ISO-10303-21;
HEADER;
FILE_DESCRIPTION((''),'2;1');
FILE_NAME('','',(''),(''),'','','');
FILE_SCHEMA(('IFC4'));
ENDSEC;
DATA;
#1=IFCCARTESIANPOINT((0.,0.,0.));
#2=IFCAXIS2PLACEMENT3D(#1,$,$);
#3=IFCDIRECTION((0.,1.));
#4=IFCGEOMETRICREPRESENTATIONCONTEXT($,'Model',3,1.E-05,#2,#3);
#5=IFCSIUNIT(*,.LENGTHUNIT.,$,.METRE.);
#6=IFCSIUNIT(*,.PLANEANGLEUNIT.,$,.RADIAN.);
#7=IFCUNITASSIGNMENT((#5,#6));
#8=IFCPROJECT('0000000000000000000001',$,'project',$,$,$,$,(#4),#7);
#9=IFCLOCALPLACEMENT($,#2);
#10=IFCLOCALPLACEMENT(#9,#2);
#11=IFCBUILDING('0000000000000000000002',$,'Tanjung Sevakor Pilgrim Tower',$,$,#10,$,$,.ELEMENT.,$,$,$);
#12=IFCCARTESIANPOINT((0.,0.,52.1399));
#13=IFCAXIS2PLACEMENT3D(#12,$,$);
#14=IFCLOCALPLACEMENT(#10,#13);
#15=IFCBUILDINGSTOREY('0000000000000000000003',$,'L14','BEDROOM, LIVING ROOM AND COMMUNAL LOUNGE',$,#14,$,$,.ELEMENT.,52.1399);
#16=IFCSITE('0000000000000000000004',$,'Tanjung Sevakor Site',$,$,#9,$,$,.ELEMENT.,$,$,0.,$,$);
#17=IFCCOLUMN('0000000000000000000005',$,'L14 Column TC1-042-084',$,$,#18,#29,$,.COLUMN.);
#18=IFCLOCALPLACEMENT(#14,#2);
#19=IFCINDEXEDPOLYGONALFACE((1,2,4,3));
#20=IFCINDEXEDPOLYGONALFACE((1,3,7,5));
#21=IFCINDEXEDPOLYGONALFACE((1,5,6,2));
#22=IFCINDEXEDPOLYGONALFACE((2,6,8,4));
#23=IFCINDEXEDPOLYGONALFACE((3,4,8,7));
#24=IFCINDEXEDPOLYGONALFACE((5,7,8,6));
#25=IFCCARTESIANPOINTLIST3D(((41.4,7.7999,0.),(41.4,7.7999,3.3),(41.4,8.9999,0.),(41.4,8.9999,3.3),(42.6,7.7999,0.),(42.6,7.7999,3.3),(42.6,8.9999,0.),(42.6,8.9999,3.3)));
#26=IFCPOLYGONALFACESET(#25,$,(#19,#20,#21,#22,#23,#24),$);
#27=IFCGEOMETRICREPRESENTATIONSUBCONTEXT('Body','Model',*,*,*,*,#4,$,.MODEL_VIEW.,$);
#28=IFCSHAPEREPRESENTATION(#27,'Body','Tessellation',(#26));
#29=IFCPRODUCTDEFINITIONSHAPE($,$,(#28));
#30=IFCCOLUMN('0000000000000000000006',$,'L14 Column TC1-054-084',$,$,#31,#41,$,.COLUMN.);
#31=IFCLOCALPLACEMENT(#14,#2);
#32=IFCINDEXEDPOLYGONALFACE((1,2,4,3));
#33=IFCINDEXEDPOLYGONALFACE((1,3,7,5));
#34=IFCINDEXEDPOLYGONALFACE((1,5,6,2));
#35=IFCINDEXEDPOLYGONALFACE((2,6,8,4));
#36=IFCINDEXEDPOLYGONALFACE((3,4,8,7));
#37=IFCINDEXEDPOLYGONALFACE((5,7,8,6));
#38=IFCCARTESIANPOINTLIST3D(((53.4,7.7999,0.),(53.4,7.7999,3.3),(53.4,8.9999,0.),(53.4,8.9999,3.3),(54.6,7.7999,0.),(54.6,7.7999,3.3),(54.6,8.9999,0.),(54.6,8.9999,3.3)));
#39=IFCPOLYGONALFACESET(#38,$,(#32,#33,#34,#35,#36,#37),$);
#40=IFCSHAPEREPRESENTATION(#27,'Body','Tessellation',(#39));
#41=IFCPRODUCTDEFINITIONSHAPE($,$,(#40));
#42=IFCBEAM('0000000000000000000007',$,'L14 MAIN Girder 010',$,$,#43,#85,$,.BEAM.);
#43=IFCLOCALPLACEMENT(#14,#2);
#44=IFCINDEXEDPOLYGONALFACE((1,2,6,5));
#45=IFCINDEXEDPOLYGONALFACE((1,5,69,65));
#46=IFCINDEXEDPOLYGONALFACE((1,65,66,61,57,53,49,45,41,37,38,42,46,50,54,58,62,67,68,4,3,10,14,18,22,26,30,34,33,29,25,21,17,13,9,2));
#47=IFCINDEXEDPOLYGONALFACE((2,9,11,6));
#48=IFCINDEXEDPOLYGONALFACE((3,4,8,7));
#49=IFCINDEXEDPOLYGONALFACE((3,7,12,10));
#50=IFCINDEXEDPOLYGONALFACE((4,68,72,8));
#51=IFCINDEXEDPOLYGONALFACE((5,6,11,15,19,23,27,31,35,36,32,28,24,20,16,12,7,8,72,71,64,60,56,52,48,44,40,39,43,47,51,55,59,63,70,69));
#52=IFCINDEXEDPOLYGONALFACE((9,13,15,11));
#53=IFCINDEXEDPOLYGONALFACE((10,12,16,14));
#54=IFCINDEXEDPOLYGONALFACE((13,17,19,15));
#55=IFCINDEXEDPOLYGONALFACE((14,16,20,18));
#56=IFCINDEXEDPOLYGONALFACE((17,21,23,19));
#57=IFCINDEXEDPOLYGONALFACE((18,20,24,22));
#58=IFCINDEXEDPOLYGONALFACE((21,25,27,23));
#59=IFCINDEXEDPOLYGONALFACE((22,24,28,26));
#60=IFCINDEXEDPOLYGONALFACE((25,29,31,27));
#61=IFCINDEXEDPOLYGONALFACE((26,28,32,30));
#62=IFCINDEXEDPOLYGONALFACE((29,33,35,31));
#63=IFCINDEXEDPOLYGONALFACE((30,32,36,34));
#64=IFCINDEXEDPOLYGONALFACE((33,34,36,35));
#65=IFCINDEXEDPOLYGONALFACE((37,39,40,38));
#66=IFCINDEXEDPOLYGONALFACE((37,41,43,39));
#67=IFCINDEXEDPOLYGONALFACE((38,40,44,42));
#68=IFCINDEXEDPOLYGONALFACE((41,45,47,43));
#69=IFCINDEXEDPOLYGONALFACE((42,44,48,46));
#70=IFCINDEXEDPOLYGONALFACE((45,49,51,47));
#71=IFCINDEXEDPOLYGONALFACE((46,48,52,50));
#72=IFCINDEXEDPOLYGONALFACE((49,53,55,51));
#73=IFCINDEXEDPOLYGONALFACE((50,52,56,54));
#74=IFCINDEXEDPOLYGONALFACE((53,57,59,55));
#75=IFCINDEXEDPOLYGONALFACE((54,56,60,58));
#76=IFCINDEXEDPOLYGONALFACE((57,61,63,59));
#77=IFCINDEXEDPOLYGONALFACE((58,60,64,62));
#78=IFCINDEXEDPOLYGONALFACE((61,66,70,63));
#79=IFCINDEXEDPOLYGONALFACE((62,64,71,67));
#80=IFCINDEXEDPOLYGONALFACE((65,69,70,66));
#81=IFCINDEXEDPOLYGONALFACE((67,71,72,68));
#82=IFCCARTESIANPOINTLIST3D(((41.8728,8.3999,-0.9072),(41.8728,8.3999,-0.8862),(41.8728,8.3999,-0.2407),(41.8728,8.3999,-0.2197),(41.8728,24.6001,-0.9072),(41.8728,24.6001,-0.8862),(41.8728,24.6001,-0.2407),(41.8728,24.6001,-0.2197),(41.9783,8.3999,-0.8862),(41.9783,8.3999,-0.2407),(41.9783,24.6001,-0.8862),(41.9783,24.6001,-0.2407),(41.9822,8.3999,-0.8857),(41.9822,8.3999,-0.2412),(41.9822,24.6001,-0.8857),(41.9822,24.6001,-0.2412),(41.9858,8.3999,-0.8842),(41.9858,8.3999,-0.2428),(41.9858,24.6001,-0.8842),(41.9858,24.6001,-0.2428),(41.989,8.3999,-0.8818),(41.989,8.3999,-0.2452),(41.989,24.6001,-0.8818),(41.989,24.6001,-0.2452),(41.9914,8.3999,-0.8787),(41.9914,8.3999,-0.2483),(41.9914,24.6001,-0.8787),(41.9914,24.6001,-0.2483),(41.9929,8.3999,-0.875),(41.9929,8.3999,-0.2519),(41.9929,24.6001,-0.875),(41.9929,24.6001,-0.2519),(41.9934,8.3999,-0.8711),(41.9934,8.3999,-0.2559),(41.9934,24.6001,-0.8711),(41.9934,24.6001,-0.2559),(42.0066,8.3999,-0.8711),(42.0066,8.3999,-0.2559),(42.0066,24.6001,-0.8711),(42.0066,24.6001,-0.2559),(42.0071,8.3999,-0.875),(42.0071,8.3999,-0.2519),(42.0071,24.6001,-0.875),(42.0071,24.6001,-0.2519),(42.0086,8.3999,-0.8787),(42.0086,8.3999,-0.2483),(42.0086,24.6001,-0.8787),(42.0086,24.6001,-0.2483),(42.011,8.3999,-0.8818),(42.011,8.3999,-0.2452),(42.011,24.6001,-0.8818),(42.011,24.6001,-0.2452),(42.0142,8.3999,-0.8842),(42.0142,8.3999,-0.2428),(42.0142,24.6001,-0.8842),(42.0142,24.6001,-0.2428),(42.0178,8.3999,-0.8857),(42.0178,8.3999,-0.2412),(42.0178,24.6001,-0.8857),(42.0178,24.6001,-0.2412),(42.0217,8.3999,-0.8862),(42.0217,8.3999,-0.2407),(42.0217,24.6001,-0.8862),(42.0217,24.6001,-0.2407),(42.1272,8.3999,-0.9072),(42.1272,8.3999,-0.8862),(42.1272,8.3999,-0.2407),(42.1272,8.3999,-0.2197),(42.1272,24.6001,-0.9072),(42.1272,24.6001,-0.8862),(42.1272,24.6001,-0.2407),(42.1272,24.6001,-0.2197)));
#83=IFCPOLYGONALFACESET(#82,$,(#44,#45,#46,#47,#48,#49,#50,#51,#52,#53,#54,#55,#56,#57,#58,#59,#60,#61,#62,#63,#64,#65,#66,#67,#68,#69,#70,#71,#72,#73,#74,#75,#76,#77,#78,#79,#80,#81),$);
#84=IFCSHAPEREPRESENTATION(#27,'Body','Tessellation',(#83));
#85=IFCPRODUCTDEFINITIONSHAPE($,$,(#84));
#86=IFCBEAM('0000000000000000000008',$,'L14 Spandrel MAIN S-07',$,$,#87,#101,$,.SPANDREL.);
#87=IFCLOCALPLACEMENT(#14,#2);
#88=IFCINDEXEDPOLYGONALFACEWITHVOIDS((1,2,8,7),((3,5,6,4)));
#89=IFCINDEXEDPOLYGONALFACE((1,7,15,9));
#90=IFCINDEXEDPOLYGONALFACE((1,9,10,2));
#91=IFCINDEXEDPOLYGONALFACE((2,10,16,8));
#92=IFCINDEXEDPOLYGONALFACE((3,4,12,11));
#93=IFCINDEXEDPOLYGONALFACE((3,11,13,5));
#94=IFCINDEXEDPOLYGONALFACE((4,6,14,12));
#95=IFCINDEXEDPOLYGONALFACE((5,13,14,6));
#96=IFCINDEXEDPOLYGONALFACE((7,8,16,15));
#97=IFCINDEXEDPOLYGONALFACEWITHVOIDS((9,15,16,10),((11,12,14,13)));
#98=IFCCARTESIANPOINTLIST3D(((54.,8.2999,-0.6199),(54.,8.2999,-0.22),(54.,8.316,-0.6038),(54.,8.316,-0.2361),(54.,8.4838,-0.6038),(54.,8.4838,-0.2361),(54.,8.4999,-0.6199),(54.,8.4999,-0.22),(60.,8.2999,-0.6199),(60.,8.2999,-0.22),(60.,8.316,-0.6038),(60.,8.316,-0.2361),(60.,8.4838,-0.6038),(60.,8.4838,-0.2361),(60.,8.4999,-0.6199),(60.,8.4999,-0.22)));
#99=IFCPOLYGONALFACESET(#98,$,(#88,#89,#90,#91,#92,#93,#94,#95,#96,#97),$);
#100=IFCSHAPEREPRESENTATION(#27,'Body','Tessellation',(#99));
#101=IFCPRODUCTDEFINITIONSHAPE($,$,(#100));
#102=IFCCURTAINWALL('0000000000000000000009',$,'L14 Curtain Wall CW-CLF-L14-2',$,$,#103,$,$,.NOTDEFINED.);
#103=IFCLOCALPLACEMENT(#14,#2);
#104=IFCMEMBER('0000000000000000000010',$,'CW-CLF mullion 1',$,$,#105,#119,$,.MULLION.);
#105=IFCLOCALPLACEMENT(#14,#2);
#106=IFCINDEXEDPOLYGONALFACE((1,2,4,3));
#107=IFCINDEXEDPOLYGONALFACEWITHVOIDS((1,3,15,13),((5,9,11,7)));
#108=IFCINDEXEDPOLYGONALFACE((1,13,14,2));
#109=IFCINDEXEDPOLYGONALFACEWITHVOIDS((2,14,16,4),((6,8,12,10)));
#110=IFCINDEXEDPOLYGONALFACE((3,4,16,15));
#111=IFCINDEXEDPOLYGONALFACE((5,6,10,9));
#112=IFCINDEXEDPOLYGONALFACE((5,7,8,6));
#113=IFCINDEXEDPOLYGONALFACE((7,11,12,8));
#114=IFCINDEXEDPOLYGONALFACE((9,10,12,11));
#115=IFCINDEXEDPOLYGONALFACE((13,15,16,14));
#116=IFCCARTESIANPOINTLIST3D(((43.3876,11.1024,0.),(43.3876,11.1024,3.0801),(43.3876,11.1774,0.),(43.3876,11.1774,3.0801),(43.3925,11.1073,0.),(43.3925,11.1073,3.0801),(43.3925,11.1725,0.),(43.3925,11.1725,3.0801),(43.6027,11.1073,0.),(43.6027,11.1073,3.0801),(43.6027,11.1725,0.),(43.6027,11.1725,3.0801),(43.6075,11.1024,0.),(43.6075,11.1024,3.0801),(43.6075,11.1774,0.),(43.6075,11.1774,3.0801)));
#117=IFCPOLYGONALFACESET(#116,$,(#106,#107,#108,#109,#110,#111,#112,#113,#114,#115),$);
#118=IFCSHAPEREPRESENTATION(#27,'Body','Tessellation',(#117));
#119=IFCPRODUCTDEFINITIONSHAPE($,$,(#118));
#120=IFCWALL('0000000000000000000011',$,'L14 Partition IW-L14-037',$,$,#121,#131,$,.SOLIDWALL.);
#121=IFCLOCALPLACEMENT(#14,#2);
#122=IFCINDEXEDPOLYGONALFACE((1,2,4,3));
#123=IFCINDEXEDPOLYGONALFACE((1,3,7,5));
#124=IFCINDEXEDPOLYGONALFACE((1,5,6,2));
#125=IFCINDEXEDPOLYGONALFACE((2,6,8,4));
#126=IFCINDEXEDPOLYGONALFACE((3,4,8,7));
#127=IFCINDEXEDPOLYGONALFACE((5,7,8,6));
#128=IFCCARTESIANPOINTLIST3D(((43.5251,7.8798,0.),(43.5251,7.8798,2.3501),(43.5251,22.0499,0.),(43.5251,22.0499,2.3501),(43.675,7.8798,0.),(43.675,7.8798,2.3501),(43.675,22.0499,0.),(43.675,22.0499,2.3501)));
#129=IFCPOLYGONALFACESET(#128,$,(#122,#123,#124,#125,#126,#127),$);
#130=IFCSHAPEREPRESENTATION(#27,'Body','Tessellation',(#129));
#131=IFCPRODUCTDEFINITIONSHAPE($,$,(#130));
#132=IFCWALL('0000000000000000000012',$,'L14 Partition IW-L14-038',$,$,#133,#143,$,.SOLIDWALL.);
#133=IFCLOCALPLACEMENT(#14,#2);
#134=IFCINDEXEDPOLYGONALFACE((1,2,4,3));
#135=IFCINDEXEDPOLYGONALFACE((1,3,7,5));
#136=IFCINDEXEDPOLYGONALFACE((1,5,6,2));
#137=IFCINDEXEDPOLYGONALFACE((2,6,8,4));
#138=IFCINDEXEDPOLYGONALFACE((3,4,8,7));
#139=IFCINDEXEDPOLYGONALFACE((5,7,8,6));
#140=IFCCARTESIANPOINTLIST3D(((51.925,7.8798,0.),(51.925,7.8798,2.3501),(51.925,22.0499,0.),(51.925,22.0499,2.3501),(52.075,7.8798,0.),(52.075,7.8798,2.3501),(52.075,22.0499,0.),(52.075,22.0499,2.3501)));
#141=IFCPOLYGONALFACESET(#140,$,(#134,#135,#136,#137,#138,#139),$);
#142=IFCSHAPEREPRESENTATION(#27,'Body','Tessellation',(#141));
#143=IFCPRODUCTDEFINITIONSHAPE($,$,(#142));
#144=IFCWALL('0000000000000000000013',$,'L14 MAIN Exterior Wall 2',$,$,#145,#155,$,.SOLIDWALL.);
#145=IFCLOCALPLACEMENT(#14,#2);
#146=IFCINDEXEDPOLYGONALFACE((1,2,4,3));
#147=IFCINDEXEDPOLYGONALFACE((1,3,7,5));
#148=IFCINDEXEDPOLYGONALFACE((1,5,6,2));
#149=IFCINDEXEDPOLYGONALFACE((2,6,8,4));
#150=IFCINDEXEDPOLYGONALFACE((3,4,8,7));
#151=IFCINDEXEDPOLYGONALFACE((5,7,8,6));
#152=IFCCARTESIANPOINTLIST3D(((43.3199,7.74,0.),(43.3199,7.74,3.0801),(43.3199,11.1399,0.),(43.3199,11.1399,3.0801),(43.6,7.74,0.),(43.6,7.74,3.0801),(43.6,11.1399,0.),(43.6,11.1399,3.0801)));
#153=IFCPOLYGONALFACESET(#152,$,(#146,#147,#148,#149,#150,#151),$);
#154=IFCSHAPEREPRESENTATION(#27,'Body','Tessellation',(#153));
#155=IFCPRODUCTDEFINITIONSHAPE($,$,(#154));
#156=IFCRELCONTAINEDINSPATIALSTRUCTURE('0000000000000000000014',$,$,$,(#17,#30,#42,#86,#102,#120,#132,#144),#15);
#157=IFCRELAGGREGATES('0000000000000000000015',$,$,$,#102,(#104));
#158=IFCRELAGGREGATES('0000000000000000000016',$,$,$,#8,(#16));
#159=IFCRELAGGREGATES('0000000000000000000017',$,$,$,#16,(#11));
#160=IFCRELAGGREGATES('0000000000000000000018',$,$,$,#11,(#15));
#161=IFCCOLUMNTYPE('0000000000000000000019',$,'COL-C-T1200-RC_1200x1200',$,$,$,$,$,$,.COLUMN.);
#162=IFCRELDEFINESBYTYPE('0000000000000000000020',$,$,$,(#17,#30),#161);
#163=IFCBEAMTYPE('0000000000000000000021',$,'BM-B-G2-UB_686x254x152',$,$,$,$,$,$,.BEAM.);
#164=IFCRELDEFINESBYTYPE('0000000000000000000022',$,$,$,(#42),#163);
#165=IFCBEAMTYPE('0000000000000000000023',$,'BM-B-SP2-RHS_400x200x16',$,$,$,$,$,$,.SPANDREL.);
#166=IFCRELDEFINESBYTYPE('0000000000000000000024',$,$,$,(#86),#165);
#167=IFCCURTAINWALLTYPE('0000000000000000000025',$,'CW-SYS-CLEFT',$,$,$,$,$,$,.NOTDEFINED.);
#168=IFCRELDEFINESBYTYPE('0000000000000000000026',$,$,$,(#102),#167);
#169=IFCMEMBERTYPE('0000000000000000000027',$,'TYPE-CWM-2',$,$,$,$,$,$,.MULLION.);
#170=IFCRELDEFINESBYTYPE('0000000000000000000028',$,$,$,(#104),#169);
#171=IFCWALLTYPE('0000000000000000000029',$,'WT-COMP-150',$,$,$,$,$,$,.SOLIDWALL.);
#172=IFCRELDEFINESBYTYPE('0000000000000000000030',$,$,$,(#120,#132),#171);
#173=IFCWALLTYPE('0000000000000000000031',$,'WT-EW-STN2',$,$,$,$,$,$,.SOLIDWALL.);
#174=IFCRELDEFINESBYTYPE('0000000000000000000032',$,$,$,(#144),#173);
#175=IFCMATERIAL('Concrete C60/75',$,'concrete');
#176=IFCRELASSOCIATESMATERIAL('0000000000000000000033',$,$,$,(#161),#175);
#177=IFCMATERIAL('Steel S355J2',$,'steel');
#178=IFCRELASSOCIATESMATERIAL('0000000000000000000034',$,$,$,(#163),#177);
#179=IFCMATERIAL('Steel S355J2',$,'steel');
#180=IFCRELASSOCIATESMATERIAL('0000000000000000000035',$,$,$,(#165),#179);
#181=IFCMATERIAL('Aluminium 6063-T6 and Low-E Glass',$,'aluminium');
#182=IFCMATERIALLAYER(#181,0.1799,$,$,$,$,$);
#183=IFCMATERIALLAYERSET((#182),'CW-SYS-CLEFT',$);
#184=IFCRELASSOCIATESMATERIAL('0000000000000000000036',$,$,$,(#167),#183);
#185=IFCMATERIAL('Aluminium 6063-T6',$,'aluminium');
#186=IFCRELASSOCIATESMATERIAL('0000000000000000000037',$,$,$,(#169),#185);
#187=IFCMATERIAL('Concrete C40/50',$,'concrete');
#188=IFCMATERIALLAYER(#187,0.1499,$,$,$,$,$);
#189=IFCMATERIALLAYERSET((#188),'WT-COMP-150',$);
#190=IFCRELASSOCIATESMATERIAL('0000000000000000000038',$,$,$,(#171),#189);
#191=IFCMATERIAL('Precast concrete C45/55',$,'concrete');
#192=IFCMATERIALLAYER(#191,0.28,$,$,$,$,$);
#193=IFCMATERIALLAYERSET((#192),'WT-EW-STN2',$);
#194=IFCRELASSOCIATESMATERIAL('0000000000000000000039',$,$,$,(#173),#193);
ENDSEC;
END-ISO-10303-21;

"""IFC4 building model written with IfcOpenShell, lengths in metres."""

from ifc_helpers import new_model, si_unit, direction, frame, frame_2d, origin, origin_2d, place, context, subcontext, project, spatial, rectangle, hollow_rectangle, i_section, extrude, material, layer, layer_set, material_profile, profile_set, type_object, element, aggregate, save


model = new_model("IFC4")

# Units and contexts
model_context = context("Model", 3, precision=1e-05, world=origin(), true_north=direction((0.0, 1.0)))
body_context = subcontext(model_context, "Body", "Model", "MODEL_VIEW")
ifc_project = project(units=[si_unit("LENGTHUNIT", "METRE"), si_unit("PLANEANGLEUNIT", "RADIAN")], contexts=[model_context])

# Site, building, storey
site_placement = place(None, origin())
site = spatial("IfcSite", under=ifc_project, at=site_placement, Name="Tanjung Sevakor Site", CompositionType="ELEMENT", RefElevation=0.0)
building_placement = place(site_placement, origin())
building = spatial("IfcBuilding", under=site, at=building_placement, Name="Tanjung Sevakor Pilgrim Tower", CompositionType="ELEMENT")
storey_placement = place(building_placement, frame((0.0, 0.0, 52.1399)))
storey = spatial("IfcBuildingStorey", under=building, at=storey_placement, Name="L14", Description="BEDROOM, LIVING ROOM AND COMMUNAL LOUNGE", CompositionType="ELEMENT", Elevation=52.1399)

# Columns
ifc_material_1 = material(Name="Concrete C60/75", Category="concrete")
ifc_material_profile_1 = material_profile(ifc_material_1, rectangle(XDim=1.2, YDim=1.2, at=origin_2d()))
ifc_profile_set_1 = profile_set([ifc_material_profile_1], Name="Concrete C60/75")
column_type = type_object("IfcColumnType", Name="COL-C-T1200-RC_1200x1200", PredefinedType="COLUMN", material=ifc_profile_set_1)
for number, where, z_axis, x_axis, name in (
    (1, (42.0, 8.3999, 0.0), (0.0, 0.0, 1.0), (1.0, 0.0, 0.0), "L14 Column TC1-042-084"),
    (2, (54.0, 8.3999, 0.0), (0.0, 0.0, 1.0), (1.0, 0.0, 0.0), "L14 Column TC1-054-084"),
):
    element("IfcColumn", number, at=place(storey_placement, frame(where, z_axis=z_axis, x_axis=x_axis)), inside=storey, type_object=column_type, Name=name, PredefinedType="COLUMN", context=body_context, shape_type="SweptSolid", body=[
        extrude(rectangle(XDim=1.2, YDim=1.2, at=origin_2d()), origin(), (0.0, 0.0, 1.0), 3.3),
    ])

# Beams
ifc_material_2 = material(Name="Steel S355J2", Category="steel")
ifc_material_profile_2 = material_profile(ifc_material_2, i_section(OverallWidth=0.2544, OverallDepth=0.6875, WebThickness=0.0132, FlangeThickness=0.021, FilletRadius=0.0151, at=origin_2d()))
ifc_profile_set_2 = profile_set([ifc_material_profile_2], Name="Steel S355J2")
beam_type_1 = type_object("IfcBeamType", Name="BM-B-G2-UB_686x254x152", PredefinedType="BEAM", material=ifc_profile_set_2)
beam_1_placement = place(storey_placement, frame((42.0, 8.3999, -0.5635), z_axis=(0.0, 1.0, 0.0), x_axis=(-1.0, 0.0, 0.0)))
element("IfcBeam", 3, at=beam_1_placement, inside=storey, type_object=beam_type_1, Name="L14 MAIN Girder 010", PredefinedType="BEAM", context=body_context, shape_type="SweptSolid", body=[
    extrude(i_section(OverallWidth=0.2544, OverallDepth=0.6875, WebThickness=0.0132, FlangeThickness=0.021, FilletRadius=0.0151, at=origin_2d()), origin(), (0.0, 0.0, 1.0), 16.2002),
])
ifc_material_3 = material(Name="Steel S355J2", Category="steel")
ifc_material_profile_3 = material_profile(ifc_material_3, hollow_rectangle(XDim=0.2, YDim=0.3999, WallThickness=0.0161, at=origin_2d()))
ifc_profile_set_3 = profile_set([ifc_material_profile_3], Name="Steel S355J2")
beam_type_2 = type_object("IfcBeamType", Name="BM-B-SP2-RHS_400x200x16", PredefinedType="SPANDREL", material=ifc_profile_set_3)
beam_2_placement = place(storey_placement, frame((54.0, 8.3999, -0.4199), z_axis=(1.0, 0.0, 0.0), x_axis=(0.0, 1.0, 0.0)))
element("IfcBeam", 4, at=beam_2_placement, inside=storey, type_object=beam_type_2, Name="L14 Spandrel MAIN S-07", PredefinedType="SPANDREL", context=body_context, shape_type="SweptSolid", body=[
    extrude(hollow_rectangle(XDim=0.2, YDim=0.3999, WallThickness=0.0161, at=origin_2d()), origin(), (0.0, 0.0, 1.0), 6.0),
])

# Curtain wall, member
ifc_material_4 = material(Name="Aluminium 6063-T6 and Low-E Glass", Category="aluminium")
ifc_layer_1 = layer(ifc_material_4, 0.1799)
ifc_layer_set_1 = layer_set([ifc_layer_1], Name="CW-SYS-CLEFT")
curtain_wall_type = type_object("IfcCurtainWallType", Name="CW-SYS-CLEFT", PredefinedType="NOTDEFINED", material=ifc_layer_set_1)
curtain_wall_placement = place(storey_placement, origin())
curtain_wall = element("IfcCurtainWall", 5, at=curtain_wall_placement, inside=storey, type_object=curtain_wall_type, Name="L14 Curtain Wall CW-CLF-L14-2", PredefinedType="NOTDEFINED")
ifc_material_5 = material(Name="Aluminium 6063-T6", Category="aluminium")
ifc_material_profile_4 = material_profile(ifc_material_5, hollow_rectangle(XDim=0.075, YDim=0.22, WallThickness=0.0049, at=origin_2d()))
ifc_profile_set_4 = profile_set([ifc_material_profile_4], Name="Aluminium 6063-T6")
member_type = type_object("IfcMemberType", Name="TYPE-CWM-2", PredefinedType="MULLION", material=ifc_profile_set_4)
member_placement = place(storey_placement, frame((43.4976, 11.1399, 0.0), z_axis=(0.0, 0.0, 1.0), x_axis=(0.0, 1.0, 0.0)))
member = element("IfcMember", 6, at=member_placement, type_object=member_type, Name="CW-CLF mullion 1", PredefinedType="MULLION", context=body_context, shape_type="SweptSolid", body=[
    extrude(hollow_rectangle(XDim=0.075, YDim=0.22, WallThickness=0.0049, at=origin_2d()), origin(), (0.0, 0.0, 1.0), 3.0801),
])
aggregate(curtain_wall, [member])

# Walls
ifc_material_6 = material(Name="Concrete C40/50", Category="concrete")
ifc_layer_2 = layer(ifc_material_6, 0.1499)
ifc_layer_set_2 = layer_set([ifc_layer_2], Name="WT-COMP-150")
wall_type_1 = type_object("IfcWallType", Name="WT-COMP-150", PredefinedType="SOLIDWALL", material=ifc_layer_set_2)
for number, where, z_axis, x_axis, name in (
    (7, (43.6001, 7.8799, 0.0), (0.0, 0.0, 1.0), (0.0, 1.0, 0.0), "L14 Partition IW-L14-037"),
    (8, (52.0, 7.8799, 0.0), (0.0, 0.0, 1.0), (0.0, 1.0, 0.0), "L14 Partition IW-L14-038"),
):
    element("IfcWall", number, at=place(storey_placement, frame(where, z_axis=z_axis, x_axis=x_axis)), inside=storey, type_object=wall_type_1, Name=name, PredefinedType="SOLIDWALL", context=body_context, shape_type="SweptSolid", body=[
        extrude(rectangle(XDim=14.1702, YDim=0.1499, at=frame_2d((7.085, 0.0))), origin(), (0.0, 0.0, 1.0), 2.3501),
    ])
ifc_material_7 = material(Name="Precast concrete C45/55", Category="concrete")
ifc_layer_3 = layer(ifc_material_7, 0.28)
ifc_layer_set_3 = layer_set([ifc_layer_3], Name="WT-EW-STN2")
wall_type_2 = type_object("IfcWallType", Name="WT-EW-STN2", PredefinedType="SOLIDWALL", material=ifc_layer_set_3)
wall_1_placement = place(storey_placement, frame((43.46, 7.74, 0.0), z_axis=(0.0, 0.0, 1.0), x_axis=(0.0, 1.0, 0.0)))
element("IfcWall", 9, at=wall_1_placement, inside=storey, type_object=wall_type_2, Name="L14 MAIN Exterior Wall 2", PredefinedType="SOLIDWALL", context=body_context, shape_type="SweptSolid", body=[
    extrude(rectangle(XDim=3.3999, YDim=0.28, at=frame_2d((1.7, 0.0))), origin(), (0.0, 0.0, 1.0), 3.0801),
])

save(model, "model.ifc")
